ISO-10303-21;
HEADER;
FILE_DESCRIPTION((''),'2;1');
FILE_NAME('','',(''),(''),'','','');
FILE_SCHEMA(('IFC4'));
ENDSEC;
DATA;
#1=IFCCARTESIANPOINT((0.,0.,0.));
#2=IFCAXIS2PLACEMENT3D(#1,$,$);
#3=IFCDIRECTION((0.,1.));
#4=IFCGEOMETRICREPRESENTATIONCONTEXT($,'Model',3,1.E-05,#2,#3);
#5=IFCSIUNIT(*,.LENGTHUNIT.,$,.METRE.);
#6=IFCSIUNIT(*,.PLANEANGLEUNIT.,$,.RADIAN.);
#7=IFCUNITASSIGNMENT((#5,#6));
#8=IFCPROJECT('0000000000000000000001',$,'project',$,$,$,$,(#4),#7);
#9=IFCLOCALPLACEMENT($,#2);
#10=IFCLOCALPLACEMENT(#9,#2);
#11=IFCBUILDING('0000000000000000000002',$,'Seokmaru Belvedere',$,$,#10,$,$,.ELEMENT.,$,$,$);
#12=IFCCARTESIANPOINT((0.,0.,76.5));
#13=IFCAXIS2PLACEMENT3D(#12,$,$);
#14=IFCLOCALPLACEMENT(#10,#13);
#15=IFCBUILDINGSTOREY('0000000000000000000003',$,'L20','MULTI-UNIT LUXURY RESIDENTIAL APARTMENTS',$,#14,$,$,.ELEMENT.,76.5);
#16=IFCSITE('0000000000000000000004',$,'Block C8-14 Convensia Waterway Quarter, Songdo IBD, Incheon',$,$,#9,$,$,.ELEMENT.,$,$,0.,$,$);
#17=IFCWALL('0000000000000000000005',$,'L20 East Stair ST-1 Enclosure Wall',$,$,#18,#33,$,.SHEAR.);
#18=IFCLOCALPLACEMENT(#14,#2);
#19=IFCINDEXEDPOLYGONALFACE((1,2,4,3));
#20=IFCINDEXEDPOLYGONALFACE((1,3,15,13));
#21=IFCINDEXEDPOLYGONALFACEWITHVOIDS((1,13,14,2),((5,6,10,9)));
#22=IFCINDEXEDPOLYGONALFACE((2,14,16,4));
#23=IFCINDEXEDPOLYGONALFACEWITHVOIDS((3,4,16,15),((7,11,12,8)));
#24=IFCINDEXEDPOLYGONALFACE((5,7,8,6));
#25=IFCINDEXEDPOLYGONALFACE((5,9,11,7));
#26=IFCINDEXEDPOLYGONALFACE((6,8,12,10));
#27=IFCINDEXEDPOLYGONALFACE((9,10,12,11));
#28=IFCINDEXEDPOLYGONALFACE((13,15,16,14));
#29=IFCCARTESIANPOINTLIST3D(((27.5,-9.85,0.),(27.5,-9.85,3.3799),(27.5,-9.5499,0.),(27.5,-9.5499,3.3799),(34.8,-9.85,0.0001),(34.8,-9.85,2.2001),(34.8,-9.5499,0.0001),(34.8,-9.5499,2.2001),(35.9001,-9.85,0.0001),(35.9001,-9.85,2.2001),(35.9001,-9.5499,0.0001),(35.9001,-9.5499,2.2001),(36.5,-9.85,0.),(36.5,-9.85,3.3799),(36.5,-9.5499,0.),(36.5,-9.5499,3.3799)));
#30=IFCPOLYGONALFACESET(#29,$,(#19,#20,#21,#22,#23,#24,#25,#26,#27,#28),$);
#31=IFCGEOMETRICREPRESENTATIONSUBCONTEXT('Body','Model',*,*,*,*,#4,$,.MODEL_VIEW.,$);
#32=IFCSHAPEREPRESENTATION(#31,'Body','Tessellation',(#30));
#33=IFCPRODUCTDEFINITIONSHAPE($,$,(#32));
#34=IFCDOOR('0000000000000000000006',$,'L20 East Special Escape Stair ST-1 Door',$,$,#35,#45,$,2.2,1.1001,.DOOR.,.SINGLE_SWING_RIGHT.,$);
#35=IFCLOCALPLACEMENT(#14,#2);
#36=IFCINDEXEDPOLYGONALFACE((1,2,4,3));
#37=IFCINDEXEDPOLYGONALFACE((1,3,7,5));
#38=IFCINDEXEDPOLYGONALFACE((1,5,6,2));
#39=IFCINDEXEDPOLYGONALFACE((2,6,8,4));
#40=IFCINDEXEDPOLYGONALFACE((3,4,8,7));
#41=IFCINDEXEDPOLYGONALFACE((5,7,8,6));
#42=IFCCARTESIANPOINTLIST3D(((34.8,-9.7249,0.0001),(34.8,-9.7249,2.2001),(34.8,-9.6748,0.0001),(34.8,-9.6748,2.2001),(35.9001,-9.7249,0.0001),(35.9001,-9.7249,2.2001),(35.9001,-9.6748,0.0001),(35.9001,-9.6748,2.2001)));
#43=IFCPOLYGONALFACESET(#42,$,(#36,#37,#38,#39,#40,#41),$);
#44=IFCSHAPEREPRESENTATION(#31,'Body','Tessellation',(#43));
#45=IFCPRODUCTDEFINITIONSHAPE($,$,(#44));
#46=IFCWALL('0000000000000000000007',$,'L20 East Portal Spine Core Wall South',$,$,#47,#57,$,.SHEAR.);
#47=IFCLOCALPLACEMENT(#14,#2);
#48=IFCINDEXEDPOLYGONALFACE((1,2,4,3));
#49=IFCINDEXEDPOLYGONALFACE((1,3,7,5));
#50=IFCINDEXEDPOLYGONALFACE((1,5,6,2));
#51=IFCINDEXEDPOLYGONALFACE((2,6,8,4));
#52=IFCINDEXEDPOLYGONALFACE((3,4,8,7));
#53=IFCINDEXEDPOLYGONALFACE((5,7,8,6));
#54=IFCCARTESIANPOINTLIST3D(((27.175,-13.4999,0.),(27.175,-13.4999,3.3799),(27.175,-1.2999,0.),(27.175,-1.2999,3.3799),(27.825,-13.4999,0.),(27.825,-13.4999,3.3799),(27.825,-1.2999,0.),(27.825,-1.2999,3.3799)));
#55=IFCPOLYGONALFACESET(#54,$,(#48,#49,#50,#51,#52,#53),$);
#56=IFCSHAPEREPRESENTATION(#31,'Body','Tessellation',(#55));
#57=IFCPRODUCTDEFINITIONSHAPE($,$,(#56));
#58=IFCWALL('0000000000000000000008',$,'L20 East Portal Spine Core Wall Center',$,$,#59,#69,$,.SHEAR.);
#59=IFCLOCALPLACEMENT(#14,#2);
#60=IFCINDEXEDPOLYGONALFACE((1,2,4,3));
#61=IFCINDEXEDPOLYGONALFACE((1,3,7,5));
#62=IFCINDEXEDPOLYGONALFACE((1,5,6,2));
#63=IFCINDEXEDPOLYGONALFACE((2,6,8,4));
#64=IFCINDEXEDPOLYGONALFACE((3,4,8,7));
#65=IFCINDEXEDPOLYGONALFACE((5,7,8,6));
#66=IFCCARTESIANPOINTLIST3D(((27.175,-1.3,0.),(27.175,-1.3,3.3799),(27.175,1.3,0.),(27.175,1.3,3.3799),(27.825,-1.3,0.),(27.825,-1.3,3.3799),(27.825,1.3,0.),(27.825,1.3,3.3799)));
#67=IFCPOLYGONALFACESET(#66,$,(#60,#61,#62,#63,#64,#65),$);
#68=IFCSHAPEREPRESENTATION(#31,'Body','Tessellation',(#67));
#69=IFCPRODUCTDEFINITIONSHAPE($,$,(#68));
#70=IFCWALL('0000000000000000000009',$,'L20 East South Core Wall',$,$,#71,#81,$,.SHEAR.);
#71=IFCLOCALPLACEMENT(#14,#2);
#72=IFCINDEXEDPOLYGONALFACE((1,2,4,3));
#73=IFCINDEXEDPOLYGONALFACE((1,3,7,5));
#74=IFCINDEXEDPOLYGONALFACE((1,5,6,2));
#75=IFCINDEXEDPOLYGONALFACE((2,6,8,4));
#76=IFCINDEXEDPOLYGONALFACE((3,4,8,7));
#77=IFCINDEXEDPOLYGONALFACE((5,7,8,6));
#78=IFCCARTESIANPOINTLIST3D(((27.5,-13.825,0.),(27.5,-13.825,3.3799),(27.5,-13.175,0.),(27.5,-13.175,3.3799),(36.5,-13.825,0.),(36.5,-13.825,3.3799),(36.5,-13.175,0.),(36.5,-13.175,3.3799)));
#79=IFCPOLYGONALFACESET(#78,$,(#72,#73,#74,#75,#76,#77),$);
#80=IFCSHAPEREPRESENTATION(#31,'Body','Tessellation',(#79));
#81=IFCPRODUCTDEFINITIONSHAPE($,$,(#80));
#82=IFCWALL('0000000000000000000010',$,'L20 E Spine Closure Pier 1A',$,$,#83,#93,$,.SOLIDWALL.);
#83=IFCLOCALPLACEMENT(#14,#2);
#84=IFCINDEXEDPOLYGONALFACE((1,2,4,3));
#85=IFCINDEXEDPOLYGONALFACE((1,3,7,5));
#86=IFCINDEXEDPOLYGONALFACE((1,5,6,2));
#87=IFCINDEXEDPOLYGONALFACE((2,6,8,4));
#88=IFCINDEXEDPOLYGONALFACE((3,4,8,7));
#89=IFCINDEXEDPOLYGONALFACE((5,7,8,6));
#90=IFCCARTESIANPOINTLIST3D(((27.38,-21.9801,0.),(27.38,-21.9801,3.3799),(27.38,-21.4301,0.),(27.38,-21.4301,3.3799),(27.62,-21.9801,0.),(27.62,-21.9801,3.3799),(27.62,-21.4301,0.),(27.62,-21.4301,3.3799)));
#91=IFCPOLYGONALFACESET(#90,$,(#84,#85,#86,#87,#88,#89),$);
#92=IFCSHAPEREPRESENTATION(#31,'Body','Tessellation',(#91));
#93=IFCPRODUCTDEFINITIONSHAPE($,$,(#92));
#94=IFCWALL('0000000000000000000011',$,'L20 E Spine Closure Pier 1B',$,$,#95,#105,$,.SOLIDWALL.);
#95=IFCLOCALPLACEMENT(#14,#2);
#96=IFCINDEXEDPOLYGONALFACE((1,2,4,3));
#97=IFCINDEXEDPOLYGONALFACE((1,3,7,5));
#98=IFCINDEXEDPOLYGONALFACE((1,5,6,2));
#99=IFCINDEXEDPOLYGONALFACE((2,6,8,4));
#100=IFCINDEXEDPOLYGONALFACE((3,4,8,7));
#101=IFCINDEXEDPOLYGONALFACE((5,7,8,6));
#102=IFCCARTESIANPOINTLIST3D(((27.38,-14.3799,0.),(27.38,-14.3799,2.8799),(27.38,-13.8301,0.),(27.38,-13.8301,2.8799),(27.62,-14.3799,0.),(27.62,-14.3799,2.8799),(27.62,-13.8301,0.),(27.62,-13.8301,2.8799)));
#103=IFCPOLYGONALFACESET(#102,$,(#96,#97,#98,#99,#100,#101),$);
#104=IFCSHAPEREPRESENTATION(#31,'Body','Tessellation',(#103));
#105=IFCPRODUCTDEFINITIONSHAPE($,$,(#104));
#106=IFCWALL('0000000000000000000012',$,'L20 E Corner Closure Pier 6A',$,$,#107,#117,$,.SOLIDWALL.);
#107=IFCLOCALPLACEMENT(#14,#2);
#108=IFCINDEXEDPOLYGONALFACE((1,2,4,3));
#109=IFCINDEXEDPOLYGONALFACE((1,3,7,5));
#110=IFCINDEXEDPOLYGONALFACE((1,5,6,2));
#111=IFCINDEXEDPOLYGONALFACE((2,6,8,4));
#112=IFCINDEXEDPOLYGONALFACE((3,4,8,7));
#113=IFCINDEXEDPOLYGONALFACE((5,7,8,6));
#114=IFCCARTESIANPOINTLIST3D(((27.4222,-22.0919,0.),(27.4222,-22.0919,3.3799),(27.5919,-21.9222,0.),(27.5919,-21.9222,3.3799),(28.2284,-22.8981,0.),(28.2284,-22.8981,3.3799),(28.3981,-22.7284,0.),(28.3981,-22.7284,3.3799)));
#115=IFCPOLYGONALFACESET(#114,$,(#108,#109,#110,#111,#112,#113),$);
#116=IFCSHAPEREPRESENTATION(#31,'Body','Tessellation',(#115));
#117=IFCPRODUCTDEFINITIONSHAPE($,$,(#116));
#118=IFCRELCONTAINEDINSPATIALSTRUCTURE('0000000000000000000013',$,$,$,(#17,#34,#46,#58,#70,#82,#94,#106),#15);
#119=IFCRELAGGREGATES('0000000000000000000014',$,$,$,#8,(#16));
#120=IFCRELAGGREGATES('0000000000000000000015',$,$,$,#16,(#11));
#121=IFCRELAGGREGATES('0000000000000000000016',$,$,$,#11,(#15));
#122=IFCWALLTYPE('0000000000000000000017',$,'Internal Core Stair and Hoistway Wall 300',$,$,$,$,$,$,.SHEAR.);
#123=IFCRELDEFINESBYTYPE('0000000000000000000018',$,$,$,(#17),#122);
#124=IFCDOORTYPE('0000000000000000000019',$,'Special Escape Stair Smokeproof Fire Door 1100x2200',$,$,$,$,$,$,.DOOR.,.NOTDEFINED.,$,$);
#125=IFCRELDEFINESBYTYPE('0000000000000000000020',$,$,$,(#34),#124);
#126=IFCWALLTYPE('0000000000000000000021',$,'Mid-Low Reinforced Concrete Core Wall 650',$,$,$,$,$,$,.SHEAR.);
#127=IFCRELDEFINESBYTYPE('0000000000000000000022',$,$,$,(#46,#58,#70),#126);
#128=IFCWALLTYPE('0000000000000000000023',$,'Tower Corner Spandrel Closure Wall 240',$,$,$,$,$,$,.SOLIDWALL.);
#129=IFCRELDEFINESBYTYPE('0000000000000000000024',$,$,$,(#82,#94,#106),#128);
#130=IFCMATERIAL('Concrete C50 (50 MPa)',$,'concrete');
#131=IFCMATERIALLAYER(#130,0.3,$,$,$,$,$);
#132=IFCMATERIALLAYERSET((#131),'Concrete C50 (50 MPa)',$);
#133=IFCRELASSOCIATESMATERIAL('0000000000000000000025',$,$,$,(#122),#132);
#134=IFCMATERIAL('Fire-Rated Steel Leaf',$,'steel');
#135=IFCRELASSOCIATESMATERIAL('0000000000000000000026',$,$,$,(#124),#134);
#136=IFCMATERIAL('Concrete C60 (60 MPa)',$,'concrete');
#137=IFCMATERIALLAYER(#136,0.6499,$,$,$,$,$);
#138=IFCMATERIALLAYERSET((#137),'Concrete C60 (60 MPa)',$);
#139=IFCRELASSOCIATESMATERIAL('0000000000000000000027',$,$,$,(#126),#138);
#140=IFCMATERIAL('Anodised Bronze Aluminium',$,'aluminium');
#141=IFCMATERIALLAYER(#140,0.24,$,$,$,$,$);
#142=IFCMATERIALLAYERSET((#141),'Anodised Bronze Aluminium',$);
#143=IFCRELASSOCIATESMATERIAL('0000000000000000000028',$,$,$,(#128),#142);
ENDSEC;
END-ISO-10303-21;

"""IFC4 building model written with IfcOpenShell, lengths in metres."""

from ifc_helpers import new_model, si_unit, direction, frame, frame_2d, origin, place, context, subcontext, project, spatial, rectangle, extrude, source, transform, mapped, material, layer, layer_set, type_object, type_shapes, element, fill, save


model = new_model("IFC4")

# Units and contexts
model_context = context("Model", 3, precision=1e-05, world=origin(), true_north=direction((0.0, 1.0)))
body_context = subcontext(model_context, "Body", "Model", "MODEL_VIEW")
ifc_project = project(units=[si_unit("LENGTHUNIT", "METRE"), si_unit("PLANEANGLEUNIT", "RADIAN")], contexts=[model_context])

# Site, building, storey
site_placement = place(None, origin())
site = spatial("IfcSite", under=ifc_project, at=site_placement, Name="Block C8-14 Convensia Waterway Quarter, Songdo IBD, Incheon", CompositionType="ELEMENT", RefElevation=0.0)
building_placement = place(site_placement, origin())
building = spatial("IfcBuilding", under=site, at=building_placement, Name="Seokmaru Belvedere", CompositionType="ELEMENT")
storey_placement = place(building_placement, frame((0.0, 0.0, 76.5)))
storey = spatial("IfcBuildingStorey", under=building, at=storey_placement, Name="L20", Description="MULTI-UNIT LUXURY RESIDENTIAL APARTMENTS", CompositionType="ELEMENT", Elevation=76.5)

# Shared definitions
ifc_material_1 = material(Name="Anodised Bronze Aluminium", Category="aluminium")

# Shared definitions
ifc_material_2 = material(Name="Concrete C50 (50 MPa)", Category="concrete")

# Wall, opening, door
ifc_layer_1 = layer(ifc_material_2, 0.3)
ifc_layer_set_1 = layer_set([ifc_layer_1], Name="Concrete C50 (50 MPa)")
wall_type_1 = type_object("IfcWallType", Name="Internal Core Stair and Hoistway Wall 300", PredefinedType="SHEAR", material=ifc_layer_set_1)
wall_1_placement = place(storey_placement, frame((27.5, -9.7, 0.0), z_axis=(0.0, 0.0, 1.0), x_axis=(1.0, 0.0, 0.0)))
wall_1 = element("IfcWall", 1, at=wall_1_placement, inside=storey, type_object=wall_type_1, Name="L20 East Stair ST-1 Enclosure Wall", PredefinedType="SHEAR", context=body_context, shape_type="SweptSolid", body=[
    extrude(rectangle(XDim=9.0, YDim=0.3, at=frame_2d((4.5, 0.0))), origin(), (0.0, 0.0, 1.0), 3.3799),
])
opening_placement = place(wall_1_placement, frame((7.3, 0.0, 0.0)))
opening = element("IfcOpeningElement", 2, at=opening_placement, cuts=wall_1, PredefinedType="OPENING", context=body_context, shape_type="SweptSolid", body=[
    extrude(rectangle(XDim=1.1001, YDim=2.2, at=frame_2d((0.55, 1.1001))), frame((0.0, 0.1602, 0.0), z_axis=(0.0, -1.0, 0.0), x_axis=(1.0, 0.0, 0.0)), (0.0, 0.0, 1.0), 0.3201),
])
ifc_material_3 = material(Name="Fire-Rated Steel Leaf", Category="steel")
door_type = type_object("IfcDoorType", Name="Special Escape Stair Smokeproof Fire Door 1100x2200", OperationType="NOTDEFINED", PredefinedType="DOOR", material=ifc_material_3)
shared_shape_1 = source(origin(), body_context, "Body", "SweptSolid", [
    extrude(rectangle(XDim=1.1001, YDim=2.2, at=frame_2d((0.55, 1.1001))), frame((0.0, 0.0249, 0.0), z_axis=(0.0, -1.0, 0.0), x_axis=(1.0, 0.0, 0.0)), (0.0, 0.0, 1.0), 0.05),
])
type_shapes(door_type, [shared_shape_1])
door_placement = place(opening_placement, frame((1.1001, 0.0, 0.0), z_axis=(0.0, 0.0, 1.0), x_axis=(-1.0, 0.0, 0.0)))
door = element("IfcDoor", 3, at=door_placement, inside=storey, type_object=door_type, Name="L20 East Special Escape Stair ST-1 Door", OperationType="SINGLE_SWING_RIGHT", OverallHeight=2.2, OverallWidth=1.1001, PredefinedType="DOOR", context=body_context, shape_type="MappedRepresentation", body=[
    mapped(shared_shape_1, transform((0.0, 0.0, 0.0), scale=1.0)),
])
fill(opening, door)

# Walls
ifc_material_4 = material(Name="Concrete C60 (60 MPa)", Category="concrete")
ifc_layer_2 = layer(ifc_material_4, 0.6499)
ifc_layer_set_2 = layer_set([ifc_layer_2], Name="Concrete C60 (60 MPa)")
wall_type_2 = type_object("IfcWallType", Name="Mid-Low Reinforced Concrete Core Wall 650", PredefinedType="SHEAR", material=ifc_layer_set_2)
wall_2_placement = place(storey_placement, frame((27.5, -13.5, 0.0), z_axis=(0.0, 0.0, 1.0), x_axis=(0.0, 1.0, 0.0)))
element("IfcWall", 4, at=wall_2_placement, inside=storey, type_object=wall_type_2, Name="L20 East Portal Spine Core Wall South", PredefinedType="SHEAR", context=body_context, shape_type="SweptSolid", body=[
    extrude(rectangle(XDim=12.2, YDim=0.6499, at=frame_2d((6.1001, 0.0))), origin(), (0.0, 0.0, 1.0), 3.3799),
])
wall_3_placement = place(storey_placement, frame((27.5, -1.3, 0.0), z_axis=(0.0, 0.0, 1.0), x_axis=(0.0, 1.0, 0.0)))
element("IfcWall", 5, at=wall_3_placement, inside=storey, type_object=wall_type_2, Name="L20 East Portal Spine Core Wall Center", PredefinedType="SHEAR", context=body_context, shape_type="SweptSolid", body=[
    extrude(rectangle(XDim=2.6001, YDim=0.6499, at=frame_2d((1.3, 0.0))), origin(), (0.0, 0.0, 1.0), 3.3799),
])
wall_4_placement = place(storey_placement, frame((27.5, -13.5, 0.0), z_axis=(0.0, 0.0, 1.0), x_axis=(1.0, 0.0, 0.0)))
element("IfcWall", 6, at=wall_4_placement, inside=storey, type_object=wall_type_2, Name="L20 East South Core Wall", PredefinedType="SHEAR", context=body_context, shape_type="SweptSolid", body=[
    extrude(rectangle(XDim=9.0, YDim=0.6499, at=frame_2d((4.5, 0.0))), origin(), (0.0, 0.0, 1.0), 3.3799),
])
ifc_layer_3 = layer(ifc_material_1, 0.24)
ifc_layer_set_3 = layer_set([ifc_layer_3], Name="Anodised Bronze Aluminium")
wall_type_3 = type_object("IfcWallType", Name="Tower Corner Spandrel Closure Wall 240", PredefinedType="SOLIDWALL", material=ifc_layer_set_3)
wall_5_placement = place(storey_placement, frame((27.5, -21.98, 0.0), z_axis=(0.0, 0.0, 1.0), x_axis=(0.0, 1.0, 0.0)))
element("IfcWall", 7, at=wall_5_placement, inside=storey, type_object=wall_type_3, Name="L20 E Spine Closure Pier 1A", PredefinedType="SOLIDWALL", context=body_context, shape_type="SweptSolid", body=[
    extrude(rectangle(XDim=0.55, YDim=0.24, at=frame_2d((0.2749, 0.0))), origin(), (0.0, 0.0, 1.0), 3.3799),
])
wall_6_placement = place(storey_placement, frame((27.5, -14.3799, 0.0), z_axis=(0.0, 0.0, 1.0), x_axis=(0.0, 1.0, 0.0)))
element("IfcWall", 8, at=wall_6_placement, inside=storey, type_object=wall_type_3, Name="L20 E Spine Closure Pier 1B", PredefinedType="SOLIDWALL", context=body_context, shape_type="SweptSolid", body=[
    extrude(rectangle(XDim=0.5498, YDim=0.24, at=frame_2d((0.2749, 0.0))), origin(), (0.0, 0.0, 1.0), 2.8799),
])
wall_7_placement = place(storey_placement, frame((27.5071, -22.0071, 0.0), z_axis=(0.0, 0.0, 1.0), x_axis=(0.707107, -0.707107, 0.0)))
element("IfcWall", 9, at=wall_7_placement, inside=storey, type_object=wall_type_3, Name="L20 E Corner Closure Pier 6A", PredefinedType="SOLIDWALL", context=body_context, shape_type="SweptSolid", body=[
    extrude(rectangle(XDim=1.1401, YDim=0.24, at=frame_2d((0.5701, 0.0))), origin(), (0.0, 0.0, 1.0), 3.3799),
])

save(model, "model.ifc")
